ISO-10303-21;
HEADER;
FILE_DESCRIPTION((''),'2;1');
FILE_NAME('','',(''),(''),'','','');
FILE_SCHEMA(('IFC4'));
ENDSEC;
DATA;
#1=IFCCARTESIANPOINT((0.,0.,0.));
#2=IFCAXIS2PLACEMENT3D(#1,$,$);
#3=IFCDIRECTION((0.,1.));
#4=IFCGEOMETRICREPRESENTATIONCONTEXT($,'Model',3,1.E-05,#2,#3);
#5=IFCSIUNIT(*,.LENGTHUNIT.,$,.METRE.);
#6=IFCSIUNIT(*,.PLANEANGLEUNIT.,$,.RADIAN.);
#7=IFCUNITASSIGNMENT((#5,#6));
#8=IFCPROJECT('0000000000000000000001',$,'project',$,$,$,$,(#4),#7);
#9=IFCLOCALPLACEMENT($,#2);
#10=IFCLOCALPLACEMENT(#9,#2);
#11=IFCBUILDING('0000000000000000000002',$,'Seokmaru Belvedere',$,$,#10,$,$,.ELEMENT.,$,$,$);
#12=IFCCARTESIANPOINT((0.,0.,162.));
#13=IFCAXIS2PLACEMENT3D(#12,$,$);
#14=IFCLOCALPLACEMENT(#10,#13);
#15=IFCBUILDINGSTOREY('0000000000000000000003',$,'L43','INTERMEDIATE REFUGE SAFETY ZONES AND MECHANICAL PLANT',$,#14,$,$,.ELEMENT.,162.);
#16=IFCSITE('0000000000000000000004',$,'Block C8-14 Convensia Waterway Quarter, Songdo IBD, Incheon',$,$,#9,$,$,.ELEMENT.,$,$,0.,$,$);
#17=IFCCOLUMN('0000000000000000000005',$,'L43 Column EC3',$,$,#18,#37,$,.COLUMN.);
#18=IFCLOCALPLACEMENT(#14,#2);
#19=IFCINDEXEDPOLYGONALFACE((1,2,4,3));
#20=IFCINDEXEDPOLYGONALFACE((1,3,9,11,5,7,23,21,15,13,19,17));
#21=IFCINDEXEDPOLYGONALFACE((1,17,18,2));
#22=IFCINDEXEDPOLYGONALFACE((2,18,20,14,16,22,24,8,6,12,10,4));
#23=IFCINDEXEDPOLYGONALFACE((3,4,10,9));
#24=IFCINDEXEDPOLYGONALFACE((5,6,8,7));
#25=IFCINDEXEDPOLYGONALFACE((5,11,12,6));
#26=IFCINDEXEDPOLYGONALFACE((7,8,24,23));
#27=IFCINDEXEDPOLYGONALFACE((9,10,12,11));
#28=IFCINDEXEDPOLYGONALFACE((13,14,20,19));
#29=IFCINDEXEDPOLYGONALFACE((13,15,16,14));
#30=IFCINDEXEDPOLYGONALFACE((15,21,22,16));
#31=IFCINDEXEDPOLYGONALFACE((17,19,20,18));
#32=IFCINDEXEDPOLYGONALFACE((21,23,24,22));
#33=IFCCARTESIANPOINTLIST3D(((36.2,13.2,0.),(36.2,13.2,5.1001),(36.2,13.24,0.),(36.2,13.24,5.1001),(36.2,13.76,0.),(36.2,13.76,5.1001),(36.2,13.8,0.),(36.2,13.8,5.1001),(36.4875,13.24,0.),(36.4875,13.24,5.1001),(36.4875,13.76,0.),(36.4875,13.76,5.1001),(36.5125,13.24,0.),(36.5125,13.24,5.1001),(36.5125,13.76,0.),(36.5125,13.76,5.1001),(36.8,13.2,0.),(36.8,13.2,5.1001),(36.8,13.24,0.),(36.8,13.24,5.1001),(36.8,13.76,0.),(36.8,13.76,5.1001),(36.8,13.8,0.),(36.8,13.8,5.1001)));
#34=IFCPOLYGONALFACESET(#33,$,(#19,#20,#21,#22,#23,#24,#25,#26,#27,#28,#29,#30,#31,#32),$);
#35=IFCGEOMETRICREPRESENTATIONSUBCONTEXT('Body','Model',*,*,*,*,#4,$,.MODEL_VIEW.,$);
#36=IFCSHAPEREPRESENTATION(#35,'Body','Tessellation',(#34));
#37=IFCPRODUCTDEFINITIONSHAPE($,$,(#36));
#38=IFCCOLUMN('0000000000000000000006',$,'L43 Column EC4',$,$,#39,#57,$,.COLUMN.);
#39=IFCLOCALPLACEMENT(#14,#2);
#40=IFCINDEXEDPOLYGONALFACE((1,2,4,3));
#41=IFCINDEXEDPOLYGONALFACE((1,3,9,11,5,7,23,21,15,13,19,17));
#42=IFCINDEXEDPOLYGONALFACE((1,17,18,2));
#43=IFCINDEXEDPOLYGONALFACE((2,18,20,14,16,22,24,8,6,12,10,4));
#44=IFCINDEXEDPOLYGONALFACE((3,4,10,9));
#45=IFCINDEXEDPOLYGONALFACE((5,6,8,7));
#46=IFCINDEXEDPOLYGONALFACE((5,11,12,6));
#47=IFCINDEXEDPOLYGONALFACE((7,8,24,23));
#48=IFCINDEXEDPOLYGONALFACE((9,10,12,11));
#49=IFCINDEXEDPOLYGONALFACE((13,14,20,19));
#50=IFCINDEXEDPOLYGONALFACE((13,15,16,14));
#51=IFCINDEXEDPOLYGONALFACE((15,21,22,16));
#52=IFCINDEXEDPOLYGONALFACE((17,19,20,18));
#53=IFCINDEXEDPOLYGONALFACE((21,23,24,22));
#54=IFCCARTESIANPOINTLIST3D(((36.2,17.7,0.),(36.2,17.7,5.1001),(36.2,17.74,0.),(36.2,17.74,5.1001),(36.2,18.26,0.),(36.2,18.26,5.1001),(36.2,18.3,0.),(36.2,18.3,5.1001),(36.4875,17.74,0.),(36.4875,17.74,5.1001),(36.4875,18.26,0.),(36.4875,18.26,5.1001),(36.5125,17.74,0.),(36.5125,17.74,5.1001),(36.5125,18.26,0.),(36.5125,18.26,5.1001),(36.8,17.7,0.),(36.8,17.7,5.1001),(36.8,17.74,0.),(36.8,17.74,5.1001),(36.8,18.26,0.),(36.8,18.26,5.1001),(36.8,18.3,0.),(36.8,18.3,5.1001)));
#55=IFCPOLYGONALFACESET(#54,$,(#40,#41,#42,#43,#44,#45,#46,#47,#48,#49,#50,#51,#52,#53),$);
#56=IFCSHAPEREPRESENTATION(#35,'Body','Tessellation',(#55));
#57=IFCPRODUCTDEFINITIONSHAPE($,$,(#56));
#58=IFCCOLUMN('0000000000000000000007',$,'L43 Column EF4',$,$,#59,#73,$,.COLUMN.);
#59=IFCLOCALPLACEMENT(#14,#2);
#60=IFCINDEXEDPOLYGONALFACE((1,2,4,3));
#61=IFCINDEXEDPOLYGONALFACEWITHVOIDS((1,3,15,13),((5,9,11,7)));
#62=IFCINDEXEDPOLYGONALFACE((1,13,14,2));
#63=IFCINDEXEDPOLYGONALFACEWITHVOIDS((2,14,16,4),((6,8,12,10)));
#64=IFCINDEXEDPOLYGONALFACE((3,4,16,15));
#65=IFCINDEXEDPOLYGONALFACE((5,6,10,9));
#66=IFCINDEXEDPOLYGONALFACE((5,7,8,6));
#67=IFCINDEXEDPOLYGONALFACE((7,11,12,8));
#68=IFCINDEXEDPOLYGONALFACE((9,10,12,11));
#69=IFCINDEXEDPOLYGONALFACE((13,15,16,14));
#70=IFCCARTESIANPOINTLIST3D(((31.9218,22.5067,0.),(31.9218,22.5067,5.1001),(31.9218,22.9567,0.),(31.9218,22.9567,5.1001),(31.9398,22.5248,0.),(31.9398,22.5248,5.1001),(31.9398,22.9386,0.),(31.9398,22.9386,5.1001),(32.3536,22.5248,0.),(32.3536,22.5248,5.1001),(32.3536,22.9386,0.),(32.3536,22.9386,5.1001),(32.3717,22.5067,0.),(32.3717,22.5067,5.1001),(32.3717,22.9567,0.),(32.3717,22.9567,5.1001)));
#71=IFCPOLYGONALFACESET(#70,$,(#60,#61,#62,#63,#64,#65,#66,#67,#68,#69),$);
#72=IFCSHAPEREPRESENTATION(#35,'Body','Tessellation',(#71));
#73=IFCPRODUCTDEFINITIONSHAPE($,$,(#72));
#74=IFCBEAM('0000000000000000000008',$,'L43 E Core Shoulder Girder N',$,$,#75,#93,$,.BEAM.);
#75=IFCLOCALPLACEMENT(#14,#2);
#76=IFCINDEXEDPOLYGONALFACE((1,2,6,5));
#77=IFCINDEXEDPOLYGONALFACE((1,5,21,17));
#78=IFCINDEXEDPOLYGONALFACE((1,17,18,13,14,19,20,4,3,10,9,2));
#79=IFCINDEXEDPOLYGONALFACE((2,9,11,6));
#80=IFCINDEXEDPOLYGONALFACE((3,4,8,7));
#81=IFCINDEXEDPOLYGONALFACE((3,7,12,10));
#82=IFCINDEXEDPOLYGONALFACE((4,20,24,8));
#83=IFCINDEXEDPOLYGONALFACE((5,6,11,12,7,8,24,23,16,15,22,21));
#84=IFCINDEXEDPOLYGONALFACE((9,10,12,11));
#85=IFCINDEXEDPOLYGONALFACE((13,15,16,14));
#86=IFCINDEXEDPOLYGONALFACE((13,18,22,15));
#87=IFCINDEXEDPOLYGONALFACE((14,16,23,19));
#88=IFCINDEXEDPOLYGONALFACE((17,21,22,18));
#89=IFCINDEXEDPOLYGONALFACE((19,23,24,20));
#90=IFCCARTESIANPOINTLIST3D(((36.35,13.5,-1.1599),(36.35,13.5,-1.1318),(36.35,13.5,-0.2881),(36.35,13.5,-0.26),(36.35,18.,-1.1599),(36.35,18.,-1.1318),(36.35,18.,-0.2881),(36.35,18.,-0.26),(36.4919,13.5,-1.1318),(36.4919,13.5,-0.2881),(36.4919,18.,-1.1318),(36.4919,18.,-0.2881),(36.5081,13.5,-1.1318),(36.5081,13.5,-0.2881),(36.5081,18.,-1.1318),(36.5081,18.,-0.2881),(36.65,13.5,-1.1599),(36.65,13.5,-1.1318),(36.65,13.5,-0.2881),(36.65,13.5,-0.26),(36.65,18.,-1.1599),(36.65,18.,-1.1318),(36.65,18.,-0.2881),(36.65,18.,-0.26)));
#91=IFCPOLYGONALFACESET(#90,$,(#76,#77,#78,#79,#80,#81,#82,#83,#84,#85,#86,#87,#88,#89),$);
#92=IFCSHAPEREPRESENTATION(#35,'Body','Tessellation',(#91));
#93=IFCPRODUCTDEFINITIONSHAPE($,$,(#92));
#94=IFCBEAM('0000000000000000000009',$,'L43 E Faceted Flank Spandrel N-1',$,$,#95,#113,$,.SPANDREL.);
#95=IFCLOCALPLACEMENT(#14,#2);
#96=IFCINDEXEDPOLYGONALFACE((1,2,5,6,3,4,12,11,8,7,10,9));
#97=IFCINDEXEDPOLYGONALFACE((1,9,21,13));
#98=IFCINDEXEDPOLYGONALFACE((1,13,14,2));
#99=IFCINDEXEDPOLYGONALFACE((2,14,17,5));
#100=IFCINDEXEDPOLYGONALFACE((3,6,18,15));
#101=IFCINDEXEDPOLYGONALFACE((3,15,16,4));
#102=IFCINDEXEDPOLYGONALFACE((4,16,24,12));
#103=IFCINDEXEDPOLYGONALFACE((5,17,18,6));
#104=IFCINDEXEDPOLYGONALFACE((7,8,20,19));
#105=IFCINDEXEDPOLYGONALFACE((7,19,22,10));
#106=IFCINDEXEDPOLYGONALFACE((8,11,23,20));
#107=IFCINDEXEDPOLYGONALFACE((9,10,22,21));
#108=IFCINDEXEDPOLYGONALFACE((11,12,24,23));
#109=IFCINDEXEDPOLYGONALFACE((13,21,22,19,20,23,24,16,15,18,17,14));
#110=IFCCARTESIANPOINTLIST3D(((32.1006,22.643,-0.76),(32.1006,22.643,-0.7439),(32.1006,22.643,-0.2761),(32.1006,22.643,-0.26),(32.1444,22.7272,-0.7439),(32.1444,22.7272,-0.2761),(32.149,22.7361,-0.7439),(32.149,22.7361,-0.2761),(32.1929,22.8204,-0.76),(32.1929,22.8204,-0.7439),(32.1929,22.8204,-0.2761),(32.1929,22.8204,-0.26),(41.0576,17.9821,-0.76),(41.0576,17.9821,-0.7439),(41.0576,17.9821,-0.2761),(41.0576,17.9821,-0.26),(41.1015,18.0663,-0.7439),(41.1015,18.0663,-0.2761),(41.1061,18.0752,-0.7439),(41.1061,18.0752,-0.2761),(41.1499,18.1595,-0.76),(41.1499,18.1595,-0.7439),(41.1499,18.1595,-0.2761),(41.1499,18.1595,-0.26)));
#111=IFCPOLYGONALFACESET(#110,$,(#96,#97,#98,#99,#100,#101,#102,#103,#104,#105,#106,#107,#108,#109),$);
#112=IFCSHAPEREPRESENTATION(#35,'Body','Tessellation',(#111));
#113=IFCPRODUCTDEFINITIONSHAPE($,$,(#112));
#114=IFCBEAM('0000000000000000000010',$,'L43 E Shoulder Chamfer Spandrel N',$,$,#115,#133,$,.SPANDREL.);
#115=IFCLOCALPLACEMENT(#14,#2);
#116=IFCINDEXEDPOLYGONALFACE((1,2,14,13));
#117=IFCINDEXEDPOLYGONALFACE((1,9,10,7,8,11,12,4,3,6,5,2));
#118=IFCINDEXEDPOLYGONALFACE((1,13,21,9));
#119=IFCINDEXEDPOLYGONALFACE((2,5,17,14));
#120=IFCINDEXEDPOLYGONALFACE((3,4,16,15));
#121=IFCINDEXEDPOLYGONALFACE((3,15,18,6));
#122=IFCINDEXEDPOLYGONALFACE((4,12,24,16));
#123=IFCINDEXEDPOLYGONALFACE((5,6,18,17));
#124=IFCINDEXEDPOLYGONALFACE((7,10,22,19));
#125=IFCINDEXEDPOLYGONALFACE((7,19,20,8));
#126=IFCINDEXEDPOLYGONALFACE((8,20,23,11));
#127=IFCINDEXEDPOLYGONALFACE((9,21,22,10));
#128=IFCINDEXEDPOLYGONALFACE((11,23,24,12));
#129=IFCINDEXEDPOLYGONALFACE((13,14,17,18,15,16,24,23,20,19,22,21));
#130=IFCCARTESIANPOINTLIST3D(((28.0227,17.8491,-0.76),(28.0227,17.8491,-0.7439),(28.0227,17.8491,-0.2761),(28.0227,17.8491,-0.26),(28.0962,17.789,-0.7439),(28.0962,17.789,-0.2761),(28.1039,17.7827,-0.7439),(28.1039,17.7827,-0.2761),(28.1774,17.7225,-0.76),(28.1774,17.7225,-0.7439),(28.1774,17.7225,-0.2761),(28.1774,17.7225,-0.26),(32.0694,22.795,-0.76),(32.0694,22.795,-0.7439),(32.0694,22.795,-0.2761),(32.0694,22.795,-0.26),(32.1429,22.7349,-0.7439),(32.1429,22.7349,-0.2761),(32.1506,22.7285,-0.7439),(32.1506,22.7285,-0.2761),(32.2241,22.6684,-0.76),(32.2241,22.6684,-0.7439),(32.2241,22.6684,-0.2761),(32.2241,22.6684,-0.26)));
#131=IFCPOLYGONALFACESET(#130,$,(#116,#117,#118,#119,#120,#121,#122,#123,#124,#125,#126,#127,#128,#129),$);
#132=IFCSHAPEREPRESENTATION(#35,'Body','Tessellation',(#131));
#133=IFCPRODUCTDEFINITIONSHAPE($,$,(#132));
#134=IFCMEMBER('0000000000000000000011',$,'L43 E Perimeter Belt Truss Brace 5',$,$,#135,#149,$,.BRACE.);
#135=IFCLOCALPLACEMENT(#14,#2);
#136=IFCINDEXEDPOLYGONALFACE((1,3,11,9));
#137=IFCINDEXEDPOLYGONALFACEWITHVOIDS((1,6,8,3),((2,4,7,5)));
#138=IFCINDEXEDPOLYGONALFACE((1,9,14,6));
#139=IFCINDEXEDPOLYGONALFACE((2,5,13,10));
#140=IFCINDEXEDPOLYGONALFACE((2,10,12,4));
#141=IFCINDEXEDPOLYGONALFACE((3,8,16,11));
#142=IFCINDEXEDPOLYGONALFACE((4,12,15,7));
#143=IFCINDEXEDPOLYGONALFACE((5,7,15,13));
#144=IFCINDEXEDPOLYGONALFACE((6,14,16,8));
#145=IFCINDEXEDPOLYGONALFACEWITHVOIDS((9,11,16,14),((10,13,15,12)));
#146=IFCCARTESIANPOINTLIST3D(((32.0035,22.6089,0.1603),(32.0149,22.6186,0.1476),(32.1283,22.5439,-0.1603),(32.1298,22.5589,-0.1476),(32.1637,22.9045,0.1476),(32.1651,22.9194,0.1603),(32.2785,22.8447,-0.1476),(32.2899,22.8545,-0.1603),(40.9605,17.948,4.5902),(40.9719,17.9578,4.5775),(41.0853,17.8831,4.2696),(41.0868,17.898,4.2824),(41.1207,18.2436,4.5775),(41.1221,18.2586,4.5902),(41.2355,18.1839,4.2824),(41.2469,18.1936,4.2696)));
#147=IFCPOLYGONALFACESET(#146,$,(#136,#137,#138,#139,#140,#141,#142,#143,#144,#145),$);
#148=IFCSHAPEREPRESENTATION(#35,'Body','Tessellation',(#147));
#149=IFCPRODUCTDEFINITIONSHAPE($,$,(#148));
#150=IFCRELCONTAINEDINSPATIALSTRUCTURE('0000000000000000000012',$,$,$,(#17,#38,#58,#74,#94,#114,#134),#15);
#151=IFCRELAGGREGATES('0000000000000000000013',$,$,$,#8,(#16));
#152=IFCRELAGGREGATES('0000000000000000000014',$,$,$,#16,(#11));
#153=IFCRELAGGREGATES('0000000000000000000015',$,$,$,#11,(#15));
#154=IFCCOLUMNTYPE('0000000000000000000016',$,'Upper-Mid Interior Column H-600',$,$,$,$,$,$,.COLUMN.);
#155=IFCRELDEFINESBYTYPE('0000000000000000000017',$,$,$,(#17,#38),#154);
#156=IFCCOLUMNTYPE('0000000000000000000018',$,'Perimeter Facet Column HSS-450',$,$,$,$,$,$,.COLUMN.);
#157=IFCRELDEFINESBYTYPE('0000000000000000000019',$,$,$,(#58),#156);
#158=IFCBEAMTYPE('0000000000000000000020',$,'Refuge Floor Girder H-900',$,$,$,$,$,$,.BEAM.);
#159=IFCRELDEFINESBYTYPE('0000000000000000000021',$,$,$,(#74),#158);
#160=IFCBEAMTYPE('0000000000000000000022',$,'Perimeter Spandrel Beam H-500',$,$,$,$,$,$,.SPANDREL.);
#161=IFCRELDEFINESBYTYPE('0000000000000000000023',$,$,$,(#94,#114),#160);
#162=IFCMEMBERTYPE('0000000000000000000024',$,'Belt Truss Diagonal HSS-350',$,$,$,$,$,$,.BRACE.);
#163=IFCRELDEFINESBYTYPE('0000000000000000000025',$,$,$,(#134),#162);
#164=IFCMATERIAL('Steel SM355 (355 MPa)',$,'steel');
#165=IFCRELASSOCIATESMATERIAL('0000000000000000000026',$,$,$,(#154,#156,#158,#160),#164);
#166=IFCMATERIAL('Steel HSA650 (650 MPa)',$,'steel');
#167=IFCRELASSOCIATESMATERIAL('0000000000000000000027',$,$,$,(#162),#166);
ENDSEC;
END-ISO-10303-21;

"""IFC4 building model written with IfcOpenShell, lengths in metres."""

from ifc_helpers import new_model, si_unit, direction, frame, origin, origin_2d, place, context, subcontext, project, spatial, hollow_rectangle, i_section, extrude, source, transform, mapped, material, material_profile, profile_set, type_object, type_shapes, element, save


model = new_model("IFC4")

# Units and contexts
model_context = context("Model", 3, precision=1e-05, world=origin(), true_north=direction((0.0, 1.0)))
body_context = subcontext(model_context, "Body", "Model", "MODEL_VIEW")
ifc_project = project(units=[si_unit("LENGTHUNIT", "METRE"), si_unit("PLANEANGLEUNIT", "RADIAN")], contexts=[model_context])

# Site, building, storey
site_placement = place(None, origin())
site = spatial("IfcSite", under=ifc_project, at=site_placement, Name="Block C8-14 Convensia Waterway Quarter, Songdo IBD, Incheon", CompositionType="ELEMENT", RefElevation=0.0)
building_placement = place(site_placement, origin())
building = spatial("IfcBuilding", under=site, at=building_placement, Name="Seokmaru Belvedere", CompositionType="ELEMENT")
storey_placement = place(building_placement, frame((0.0, 0.0, 162.0)))
storey = spatial("IfcBuildingStorey", under=building, at=storey_placement, Name="L43", Description="INTERMEDIATE REFUGE SAFETY ZONES AND MECHANICAL PLANT", CompositionType="ELEMENT", Elevation=162.0)

# Columns
ifc_material_1 = material(Name="Steel SM355 (355 MPa)", Category="steel")
ifc_material_profile_1 = material_profile(ifc_material_1, i_section(OverallWidth=0.6001, OverallDepth=0.6001, WebThickness=0.0249, FlangeThickness=0.04, at=origin_2d()), Name="H-600x600x25x40")
ifc_profile_set_1 = profile_set([ifc_material_profile_1], Name="Steel SM355 (355 MPa)")
column_type_1 = type_object("IfcColumnType", Name="Upper-Mid Interior Column H-600", PredefinedType="COLUMN", material=ifc_profile_set_1)
shared_shape_1 = source(origin(), body_context, "Body", "SweptSolid", [
    extrude(i_section(OverallWidth=0.6001, OverallDepth=0.6001, WebThickness=0.0249, FlangeThickness=0.04, at=origin_2d()), origin(), (0.0, 0.0, 1.0), 5.1001),
])
type_shapes(column_type_1, [shared_shape_1])
for number, where, z_axis, x_axis, name in (
    (1, (36.5, 13.5, 0.0), (0.0, 0.0, 1.0), (1.0, 0.0, 0.0), "L43 Column EC3"),
    (2, (36.5, 18.0, 0.0), (0.0, 0.0, 1.0), (1.0, 0.0, 0.0), "L43 Column EC4"),
):
    element("IfcColumn", number, at=place(storey_placement, frame(where, z_axis=z_axis, x_axis=x_axis)), inside=storey, type_object=column_type_1, Name=name, PredefinedType="COLUMN", context=body_context, shape_type="MappedRepresentation", body=[
        mapped(shared_shape_1, transform((0.0, 0.0, 0.0), scale=1.0)),
    ])
ifc_material_profile_2 = material_profile(ifc_material_1, hollow_rectangle(XDim=0.45, YDim=0.45, WallThickness=0.0181, at=origin_2d()), Name="HSS-450x450x18")
ifc_profile_set_2 = profile_set([ifc_material_profile_2], Name="Steel SM355 (355 MPa)")
column_type_2 = type_object("IfcColumnType", Name="Perimeter Facet Column HSS-450", PredefinedType="COLUMN", material=ifc_profile_set_2)
shared_shape_2 = source(origin(), body_context, "Body", "SweptSolid", [
    extrude(hollow_rectangle(XDim=0.45, YDim=0.45, WallThickness=0.0181, at=origin_2d()), origin(), (0.0, 0.0, 1.0), 5.1001),
])
type_shapes(column_type_2, [shared_shape_2])
column_placement = place(storey_placement, frame((32.1467, 22.7317, 0.0), z_axis=(0.0, 0.0, 1.0), x_axis=(1.0, 0.0, 0.0)))
element("IfcColumn", 3, at=column_placement, inside=storey, type_object=column_type_2, Name="L43 Column EF4", PredefinedType="COLUMN", context=body_context, shape_type="MappedRepresentation", body=[
    mapped(shared_shape_2, transform((0.0, 0.0, 0.0), scale=1.0)),
])

# Beams
ifc_material_profile_3 = material_profile(ifc_material_1, i_section(OverallWidth=0.3, OverallDepth=0.8999, WebThickness=0.0161, FlangeThickness=0.0281, at=origin_2d()), Name="H-900x300x16x28")
ifc_profile_set_3 = profile_set([ifc_material_profile_3], Name="Steel SM355 (355 MPa)")
beam_type_1 = type_object("IfcBeamType", Name="Refuge Floor Girder H-900", PredefinedType="BEAM", material=ifc_profile_set_3)
shared_shape_3 = source(origin(), body_context, "Body", "SweptSolid", [
    extrude(i_section(OverallWidth=0.3, OverallDepth=0.8999, WebThickness=0.0161, FlangeThickness=0.0281, at=origin_2d()), origin(), (0.0, 0.0, 1.0), 4.5),
])
type_shapes(beam_type_1, [shared_shape_3])
beam_1_placement = place(storey_placement, frame((36.5, 13.5, -0.71), z_axis=(0.0, 1.0, 0.0), x_axis=(-1.0, 0.0, 0.0)))
element("IfcBeam", 4, at=beam_1_placement, inside=storey, type_object=beam_type_1, Name="L43 E Core Shoulder Girder N", PredefinedType="BEAM", context=body_context, shape_type="MappedRepresentation", body=[
    mapped(shared_shape_3, transform((0.0, 0.0, 0.0), scale=1.0)),
])
ifc_material_profile_4 = material_profile(ifc_material_1, i_section(OverallWidth=0.2, OverallDepth=0.5, WebThickness=0.01, FlangeThickness=0.0161, at=origin_2d()), Name="H-500x200x10x16")
ifc_profile_set_4 = profile_set([ifc_material_profile_4], Name="Steel SM355 (355 MPa)")
beam_type_2 = type_object("IfcBeamType", Name="Perimeter Spandrel Beam H-500", PredefinedType="SPANDREL", material=ifc_profile_set_4)
shared_shape_4 = source(origin(), body_context, "Body", "SweptSolid", [
    extrude(i_section(OverallWidth=0.2, OverallDepth=0.5, WebThickness=0.01, FlangeThickness=0.0161, at=origin_2d()), origin(), (0.0, 0.0, 1.0), 10.0972),
])
beam_2_placement = place(storey_placement, frame((32.1467, 22.7317, -0.51), z_axis=(0.887086, -0.461605, 0.0), x_axis=(0.461605, 0.887086, 0.0)))
element("IfcBeam", 5, at=beam_2_placement, inside=storey, type_object=beam_type_2, Name="L43 E Faceted Flank Spandrel N-1", PredefinedType="SPANDREL", context=body_context, shape_type="MappedRepresentation", body=[
    mapped(shared_shape_4, transform((0.0, 0.0, 0.0), scale=1.0)),
])
shared_shape_5 = source(origin(), body_context, "Body", "SweptSolid", [
    extrude(i_section(OverallWidth=0.2, OverallDepth=0.5, WebThickness=0.01, FlangeThickness=0.0161, at=origin_2d()), origin(), (0.0, 0.0, 1.0), 6.3904),
])
type_shapes(beam_type_2, [shared_shape_4, shared_shape_5])
beam_3_placement = place(storey_placement, frame((32.1467, 22.7317, -0.51), z_axis=(-0.633244, -0.773952, 0.0), x_axis=(0.773952, -0.633244, 0.0)))
element("IfcBeam", 6, at=beam_3_placement, inside=storey, type_object=beam_type_2, Name="L43 E Shoulder Chamfer Spandrel N", PredefinedType="SPANDREL", context=body_context, shape_type="MappedRepresentation", body=[
    mapped(shared_shape_5, transform((0.0, 0.0, 0.0), scale=1.0)),
])

# Member
ifc_material_2 = material(Name="Steel HSA650 (650 MPa)", Category="steel")
ifc_material_profile_5 = material_profile(ifc_material_2, hollow_rectangle(XDim=0.3501, YDim=0.3501, WallThickness=0.0139, at=origin_2d()), Name="HSS-350x350x14")
ifc_profile_set_5 = profile_set([ifc_material_profile_5], Name="Steel HSA650 (650 MPa)")
member_type_1 = type_object("IfcMemberType", Name="Belt Truss Diagonal HSS-350", PredefinedType="BRACE", material=ifc_profile_set_5)
shared_shape_6 = source(origin(), body_context, "Body", "SweptSolid", [
    extrude(hollow_rectangle(XDim=0.3501, YDim=0.3501, WallThickness=0.0139, at=origin_2d()), origin(), (0.0, 0.0, 1.0), 11.0261),
])
type_shapes(member_type_1, [shared_shape_6])
member_1_placement = place(storey_placement, frame((32.1467, 22.7317, 0.0), z_axis=(0.812342, -0.422711, 0.401765), x_axis=(0.461605, 0.887086, 0.0)))
element("IfcMember", 7, at=member_1_placement, inside=storey, type_object=member_type_1, Name="L43 E Perimeter Belt Truss Brace 5", PredefinedType="BRACE", context=body_context, shape_type="MappedRepresentation", body=[
    mapped(shared_shape_6, transform((0.0, 0.0, 0.0), scale=1.0)),
])

save(model, "model.ifc")
